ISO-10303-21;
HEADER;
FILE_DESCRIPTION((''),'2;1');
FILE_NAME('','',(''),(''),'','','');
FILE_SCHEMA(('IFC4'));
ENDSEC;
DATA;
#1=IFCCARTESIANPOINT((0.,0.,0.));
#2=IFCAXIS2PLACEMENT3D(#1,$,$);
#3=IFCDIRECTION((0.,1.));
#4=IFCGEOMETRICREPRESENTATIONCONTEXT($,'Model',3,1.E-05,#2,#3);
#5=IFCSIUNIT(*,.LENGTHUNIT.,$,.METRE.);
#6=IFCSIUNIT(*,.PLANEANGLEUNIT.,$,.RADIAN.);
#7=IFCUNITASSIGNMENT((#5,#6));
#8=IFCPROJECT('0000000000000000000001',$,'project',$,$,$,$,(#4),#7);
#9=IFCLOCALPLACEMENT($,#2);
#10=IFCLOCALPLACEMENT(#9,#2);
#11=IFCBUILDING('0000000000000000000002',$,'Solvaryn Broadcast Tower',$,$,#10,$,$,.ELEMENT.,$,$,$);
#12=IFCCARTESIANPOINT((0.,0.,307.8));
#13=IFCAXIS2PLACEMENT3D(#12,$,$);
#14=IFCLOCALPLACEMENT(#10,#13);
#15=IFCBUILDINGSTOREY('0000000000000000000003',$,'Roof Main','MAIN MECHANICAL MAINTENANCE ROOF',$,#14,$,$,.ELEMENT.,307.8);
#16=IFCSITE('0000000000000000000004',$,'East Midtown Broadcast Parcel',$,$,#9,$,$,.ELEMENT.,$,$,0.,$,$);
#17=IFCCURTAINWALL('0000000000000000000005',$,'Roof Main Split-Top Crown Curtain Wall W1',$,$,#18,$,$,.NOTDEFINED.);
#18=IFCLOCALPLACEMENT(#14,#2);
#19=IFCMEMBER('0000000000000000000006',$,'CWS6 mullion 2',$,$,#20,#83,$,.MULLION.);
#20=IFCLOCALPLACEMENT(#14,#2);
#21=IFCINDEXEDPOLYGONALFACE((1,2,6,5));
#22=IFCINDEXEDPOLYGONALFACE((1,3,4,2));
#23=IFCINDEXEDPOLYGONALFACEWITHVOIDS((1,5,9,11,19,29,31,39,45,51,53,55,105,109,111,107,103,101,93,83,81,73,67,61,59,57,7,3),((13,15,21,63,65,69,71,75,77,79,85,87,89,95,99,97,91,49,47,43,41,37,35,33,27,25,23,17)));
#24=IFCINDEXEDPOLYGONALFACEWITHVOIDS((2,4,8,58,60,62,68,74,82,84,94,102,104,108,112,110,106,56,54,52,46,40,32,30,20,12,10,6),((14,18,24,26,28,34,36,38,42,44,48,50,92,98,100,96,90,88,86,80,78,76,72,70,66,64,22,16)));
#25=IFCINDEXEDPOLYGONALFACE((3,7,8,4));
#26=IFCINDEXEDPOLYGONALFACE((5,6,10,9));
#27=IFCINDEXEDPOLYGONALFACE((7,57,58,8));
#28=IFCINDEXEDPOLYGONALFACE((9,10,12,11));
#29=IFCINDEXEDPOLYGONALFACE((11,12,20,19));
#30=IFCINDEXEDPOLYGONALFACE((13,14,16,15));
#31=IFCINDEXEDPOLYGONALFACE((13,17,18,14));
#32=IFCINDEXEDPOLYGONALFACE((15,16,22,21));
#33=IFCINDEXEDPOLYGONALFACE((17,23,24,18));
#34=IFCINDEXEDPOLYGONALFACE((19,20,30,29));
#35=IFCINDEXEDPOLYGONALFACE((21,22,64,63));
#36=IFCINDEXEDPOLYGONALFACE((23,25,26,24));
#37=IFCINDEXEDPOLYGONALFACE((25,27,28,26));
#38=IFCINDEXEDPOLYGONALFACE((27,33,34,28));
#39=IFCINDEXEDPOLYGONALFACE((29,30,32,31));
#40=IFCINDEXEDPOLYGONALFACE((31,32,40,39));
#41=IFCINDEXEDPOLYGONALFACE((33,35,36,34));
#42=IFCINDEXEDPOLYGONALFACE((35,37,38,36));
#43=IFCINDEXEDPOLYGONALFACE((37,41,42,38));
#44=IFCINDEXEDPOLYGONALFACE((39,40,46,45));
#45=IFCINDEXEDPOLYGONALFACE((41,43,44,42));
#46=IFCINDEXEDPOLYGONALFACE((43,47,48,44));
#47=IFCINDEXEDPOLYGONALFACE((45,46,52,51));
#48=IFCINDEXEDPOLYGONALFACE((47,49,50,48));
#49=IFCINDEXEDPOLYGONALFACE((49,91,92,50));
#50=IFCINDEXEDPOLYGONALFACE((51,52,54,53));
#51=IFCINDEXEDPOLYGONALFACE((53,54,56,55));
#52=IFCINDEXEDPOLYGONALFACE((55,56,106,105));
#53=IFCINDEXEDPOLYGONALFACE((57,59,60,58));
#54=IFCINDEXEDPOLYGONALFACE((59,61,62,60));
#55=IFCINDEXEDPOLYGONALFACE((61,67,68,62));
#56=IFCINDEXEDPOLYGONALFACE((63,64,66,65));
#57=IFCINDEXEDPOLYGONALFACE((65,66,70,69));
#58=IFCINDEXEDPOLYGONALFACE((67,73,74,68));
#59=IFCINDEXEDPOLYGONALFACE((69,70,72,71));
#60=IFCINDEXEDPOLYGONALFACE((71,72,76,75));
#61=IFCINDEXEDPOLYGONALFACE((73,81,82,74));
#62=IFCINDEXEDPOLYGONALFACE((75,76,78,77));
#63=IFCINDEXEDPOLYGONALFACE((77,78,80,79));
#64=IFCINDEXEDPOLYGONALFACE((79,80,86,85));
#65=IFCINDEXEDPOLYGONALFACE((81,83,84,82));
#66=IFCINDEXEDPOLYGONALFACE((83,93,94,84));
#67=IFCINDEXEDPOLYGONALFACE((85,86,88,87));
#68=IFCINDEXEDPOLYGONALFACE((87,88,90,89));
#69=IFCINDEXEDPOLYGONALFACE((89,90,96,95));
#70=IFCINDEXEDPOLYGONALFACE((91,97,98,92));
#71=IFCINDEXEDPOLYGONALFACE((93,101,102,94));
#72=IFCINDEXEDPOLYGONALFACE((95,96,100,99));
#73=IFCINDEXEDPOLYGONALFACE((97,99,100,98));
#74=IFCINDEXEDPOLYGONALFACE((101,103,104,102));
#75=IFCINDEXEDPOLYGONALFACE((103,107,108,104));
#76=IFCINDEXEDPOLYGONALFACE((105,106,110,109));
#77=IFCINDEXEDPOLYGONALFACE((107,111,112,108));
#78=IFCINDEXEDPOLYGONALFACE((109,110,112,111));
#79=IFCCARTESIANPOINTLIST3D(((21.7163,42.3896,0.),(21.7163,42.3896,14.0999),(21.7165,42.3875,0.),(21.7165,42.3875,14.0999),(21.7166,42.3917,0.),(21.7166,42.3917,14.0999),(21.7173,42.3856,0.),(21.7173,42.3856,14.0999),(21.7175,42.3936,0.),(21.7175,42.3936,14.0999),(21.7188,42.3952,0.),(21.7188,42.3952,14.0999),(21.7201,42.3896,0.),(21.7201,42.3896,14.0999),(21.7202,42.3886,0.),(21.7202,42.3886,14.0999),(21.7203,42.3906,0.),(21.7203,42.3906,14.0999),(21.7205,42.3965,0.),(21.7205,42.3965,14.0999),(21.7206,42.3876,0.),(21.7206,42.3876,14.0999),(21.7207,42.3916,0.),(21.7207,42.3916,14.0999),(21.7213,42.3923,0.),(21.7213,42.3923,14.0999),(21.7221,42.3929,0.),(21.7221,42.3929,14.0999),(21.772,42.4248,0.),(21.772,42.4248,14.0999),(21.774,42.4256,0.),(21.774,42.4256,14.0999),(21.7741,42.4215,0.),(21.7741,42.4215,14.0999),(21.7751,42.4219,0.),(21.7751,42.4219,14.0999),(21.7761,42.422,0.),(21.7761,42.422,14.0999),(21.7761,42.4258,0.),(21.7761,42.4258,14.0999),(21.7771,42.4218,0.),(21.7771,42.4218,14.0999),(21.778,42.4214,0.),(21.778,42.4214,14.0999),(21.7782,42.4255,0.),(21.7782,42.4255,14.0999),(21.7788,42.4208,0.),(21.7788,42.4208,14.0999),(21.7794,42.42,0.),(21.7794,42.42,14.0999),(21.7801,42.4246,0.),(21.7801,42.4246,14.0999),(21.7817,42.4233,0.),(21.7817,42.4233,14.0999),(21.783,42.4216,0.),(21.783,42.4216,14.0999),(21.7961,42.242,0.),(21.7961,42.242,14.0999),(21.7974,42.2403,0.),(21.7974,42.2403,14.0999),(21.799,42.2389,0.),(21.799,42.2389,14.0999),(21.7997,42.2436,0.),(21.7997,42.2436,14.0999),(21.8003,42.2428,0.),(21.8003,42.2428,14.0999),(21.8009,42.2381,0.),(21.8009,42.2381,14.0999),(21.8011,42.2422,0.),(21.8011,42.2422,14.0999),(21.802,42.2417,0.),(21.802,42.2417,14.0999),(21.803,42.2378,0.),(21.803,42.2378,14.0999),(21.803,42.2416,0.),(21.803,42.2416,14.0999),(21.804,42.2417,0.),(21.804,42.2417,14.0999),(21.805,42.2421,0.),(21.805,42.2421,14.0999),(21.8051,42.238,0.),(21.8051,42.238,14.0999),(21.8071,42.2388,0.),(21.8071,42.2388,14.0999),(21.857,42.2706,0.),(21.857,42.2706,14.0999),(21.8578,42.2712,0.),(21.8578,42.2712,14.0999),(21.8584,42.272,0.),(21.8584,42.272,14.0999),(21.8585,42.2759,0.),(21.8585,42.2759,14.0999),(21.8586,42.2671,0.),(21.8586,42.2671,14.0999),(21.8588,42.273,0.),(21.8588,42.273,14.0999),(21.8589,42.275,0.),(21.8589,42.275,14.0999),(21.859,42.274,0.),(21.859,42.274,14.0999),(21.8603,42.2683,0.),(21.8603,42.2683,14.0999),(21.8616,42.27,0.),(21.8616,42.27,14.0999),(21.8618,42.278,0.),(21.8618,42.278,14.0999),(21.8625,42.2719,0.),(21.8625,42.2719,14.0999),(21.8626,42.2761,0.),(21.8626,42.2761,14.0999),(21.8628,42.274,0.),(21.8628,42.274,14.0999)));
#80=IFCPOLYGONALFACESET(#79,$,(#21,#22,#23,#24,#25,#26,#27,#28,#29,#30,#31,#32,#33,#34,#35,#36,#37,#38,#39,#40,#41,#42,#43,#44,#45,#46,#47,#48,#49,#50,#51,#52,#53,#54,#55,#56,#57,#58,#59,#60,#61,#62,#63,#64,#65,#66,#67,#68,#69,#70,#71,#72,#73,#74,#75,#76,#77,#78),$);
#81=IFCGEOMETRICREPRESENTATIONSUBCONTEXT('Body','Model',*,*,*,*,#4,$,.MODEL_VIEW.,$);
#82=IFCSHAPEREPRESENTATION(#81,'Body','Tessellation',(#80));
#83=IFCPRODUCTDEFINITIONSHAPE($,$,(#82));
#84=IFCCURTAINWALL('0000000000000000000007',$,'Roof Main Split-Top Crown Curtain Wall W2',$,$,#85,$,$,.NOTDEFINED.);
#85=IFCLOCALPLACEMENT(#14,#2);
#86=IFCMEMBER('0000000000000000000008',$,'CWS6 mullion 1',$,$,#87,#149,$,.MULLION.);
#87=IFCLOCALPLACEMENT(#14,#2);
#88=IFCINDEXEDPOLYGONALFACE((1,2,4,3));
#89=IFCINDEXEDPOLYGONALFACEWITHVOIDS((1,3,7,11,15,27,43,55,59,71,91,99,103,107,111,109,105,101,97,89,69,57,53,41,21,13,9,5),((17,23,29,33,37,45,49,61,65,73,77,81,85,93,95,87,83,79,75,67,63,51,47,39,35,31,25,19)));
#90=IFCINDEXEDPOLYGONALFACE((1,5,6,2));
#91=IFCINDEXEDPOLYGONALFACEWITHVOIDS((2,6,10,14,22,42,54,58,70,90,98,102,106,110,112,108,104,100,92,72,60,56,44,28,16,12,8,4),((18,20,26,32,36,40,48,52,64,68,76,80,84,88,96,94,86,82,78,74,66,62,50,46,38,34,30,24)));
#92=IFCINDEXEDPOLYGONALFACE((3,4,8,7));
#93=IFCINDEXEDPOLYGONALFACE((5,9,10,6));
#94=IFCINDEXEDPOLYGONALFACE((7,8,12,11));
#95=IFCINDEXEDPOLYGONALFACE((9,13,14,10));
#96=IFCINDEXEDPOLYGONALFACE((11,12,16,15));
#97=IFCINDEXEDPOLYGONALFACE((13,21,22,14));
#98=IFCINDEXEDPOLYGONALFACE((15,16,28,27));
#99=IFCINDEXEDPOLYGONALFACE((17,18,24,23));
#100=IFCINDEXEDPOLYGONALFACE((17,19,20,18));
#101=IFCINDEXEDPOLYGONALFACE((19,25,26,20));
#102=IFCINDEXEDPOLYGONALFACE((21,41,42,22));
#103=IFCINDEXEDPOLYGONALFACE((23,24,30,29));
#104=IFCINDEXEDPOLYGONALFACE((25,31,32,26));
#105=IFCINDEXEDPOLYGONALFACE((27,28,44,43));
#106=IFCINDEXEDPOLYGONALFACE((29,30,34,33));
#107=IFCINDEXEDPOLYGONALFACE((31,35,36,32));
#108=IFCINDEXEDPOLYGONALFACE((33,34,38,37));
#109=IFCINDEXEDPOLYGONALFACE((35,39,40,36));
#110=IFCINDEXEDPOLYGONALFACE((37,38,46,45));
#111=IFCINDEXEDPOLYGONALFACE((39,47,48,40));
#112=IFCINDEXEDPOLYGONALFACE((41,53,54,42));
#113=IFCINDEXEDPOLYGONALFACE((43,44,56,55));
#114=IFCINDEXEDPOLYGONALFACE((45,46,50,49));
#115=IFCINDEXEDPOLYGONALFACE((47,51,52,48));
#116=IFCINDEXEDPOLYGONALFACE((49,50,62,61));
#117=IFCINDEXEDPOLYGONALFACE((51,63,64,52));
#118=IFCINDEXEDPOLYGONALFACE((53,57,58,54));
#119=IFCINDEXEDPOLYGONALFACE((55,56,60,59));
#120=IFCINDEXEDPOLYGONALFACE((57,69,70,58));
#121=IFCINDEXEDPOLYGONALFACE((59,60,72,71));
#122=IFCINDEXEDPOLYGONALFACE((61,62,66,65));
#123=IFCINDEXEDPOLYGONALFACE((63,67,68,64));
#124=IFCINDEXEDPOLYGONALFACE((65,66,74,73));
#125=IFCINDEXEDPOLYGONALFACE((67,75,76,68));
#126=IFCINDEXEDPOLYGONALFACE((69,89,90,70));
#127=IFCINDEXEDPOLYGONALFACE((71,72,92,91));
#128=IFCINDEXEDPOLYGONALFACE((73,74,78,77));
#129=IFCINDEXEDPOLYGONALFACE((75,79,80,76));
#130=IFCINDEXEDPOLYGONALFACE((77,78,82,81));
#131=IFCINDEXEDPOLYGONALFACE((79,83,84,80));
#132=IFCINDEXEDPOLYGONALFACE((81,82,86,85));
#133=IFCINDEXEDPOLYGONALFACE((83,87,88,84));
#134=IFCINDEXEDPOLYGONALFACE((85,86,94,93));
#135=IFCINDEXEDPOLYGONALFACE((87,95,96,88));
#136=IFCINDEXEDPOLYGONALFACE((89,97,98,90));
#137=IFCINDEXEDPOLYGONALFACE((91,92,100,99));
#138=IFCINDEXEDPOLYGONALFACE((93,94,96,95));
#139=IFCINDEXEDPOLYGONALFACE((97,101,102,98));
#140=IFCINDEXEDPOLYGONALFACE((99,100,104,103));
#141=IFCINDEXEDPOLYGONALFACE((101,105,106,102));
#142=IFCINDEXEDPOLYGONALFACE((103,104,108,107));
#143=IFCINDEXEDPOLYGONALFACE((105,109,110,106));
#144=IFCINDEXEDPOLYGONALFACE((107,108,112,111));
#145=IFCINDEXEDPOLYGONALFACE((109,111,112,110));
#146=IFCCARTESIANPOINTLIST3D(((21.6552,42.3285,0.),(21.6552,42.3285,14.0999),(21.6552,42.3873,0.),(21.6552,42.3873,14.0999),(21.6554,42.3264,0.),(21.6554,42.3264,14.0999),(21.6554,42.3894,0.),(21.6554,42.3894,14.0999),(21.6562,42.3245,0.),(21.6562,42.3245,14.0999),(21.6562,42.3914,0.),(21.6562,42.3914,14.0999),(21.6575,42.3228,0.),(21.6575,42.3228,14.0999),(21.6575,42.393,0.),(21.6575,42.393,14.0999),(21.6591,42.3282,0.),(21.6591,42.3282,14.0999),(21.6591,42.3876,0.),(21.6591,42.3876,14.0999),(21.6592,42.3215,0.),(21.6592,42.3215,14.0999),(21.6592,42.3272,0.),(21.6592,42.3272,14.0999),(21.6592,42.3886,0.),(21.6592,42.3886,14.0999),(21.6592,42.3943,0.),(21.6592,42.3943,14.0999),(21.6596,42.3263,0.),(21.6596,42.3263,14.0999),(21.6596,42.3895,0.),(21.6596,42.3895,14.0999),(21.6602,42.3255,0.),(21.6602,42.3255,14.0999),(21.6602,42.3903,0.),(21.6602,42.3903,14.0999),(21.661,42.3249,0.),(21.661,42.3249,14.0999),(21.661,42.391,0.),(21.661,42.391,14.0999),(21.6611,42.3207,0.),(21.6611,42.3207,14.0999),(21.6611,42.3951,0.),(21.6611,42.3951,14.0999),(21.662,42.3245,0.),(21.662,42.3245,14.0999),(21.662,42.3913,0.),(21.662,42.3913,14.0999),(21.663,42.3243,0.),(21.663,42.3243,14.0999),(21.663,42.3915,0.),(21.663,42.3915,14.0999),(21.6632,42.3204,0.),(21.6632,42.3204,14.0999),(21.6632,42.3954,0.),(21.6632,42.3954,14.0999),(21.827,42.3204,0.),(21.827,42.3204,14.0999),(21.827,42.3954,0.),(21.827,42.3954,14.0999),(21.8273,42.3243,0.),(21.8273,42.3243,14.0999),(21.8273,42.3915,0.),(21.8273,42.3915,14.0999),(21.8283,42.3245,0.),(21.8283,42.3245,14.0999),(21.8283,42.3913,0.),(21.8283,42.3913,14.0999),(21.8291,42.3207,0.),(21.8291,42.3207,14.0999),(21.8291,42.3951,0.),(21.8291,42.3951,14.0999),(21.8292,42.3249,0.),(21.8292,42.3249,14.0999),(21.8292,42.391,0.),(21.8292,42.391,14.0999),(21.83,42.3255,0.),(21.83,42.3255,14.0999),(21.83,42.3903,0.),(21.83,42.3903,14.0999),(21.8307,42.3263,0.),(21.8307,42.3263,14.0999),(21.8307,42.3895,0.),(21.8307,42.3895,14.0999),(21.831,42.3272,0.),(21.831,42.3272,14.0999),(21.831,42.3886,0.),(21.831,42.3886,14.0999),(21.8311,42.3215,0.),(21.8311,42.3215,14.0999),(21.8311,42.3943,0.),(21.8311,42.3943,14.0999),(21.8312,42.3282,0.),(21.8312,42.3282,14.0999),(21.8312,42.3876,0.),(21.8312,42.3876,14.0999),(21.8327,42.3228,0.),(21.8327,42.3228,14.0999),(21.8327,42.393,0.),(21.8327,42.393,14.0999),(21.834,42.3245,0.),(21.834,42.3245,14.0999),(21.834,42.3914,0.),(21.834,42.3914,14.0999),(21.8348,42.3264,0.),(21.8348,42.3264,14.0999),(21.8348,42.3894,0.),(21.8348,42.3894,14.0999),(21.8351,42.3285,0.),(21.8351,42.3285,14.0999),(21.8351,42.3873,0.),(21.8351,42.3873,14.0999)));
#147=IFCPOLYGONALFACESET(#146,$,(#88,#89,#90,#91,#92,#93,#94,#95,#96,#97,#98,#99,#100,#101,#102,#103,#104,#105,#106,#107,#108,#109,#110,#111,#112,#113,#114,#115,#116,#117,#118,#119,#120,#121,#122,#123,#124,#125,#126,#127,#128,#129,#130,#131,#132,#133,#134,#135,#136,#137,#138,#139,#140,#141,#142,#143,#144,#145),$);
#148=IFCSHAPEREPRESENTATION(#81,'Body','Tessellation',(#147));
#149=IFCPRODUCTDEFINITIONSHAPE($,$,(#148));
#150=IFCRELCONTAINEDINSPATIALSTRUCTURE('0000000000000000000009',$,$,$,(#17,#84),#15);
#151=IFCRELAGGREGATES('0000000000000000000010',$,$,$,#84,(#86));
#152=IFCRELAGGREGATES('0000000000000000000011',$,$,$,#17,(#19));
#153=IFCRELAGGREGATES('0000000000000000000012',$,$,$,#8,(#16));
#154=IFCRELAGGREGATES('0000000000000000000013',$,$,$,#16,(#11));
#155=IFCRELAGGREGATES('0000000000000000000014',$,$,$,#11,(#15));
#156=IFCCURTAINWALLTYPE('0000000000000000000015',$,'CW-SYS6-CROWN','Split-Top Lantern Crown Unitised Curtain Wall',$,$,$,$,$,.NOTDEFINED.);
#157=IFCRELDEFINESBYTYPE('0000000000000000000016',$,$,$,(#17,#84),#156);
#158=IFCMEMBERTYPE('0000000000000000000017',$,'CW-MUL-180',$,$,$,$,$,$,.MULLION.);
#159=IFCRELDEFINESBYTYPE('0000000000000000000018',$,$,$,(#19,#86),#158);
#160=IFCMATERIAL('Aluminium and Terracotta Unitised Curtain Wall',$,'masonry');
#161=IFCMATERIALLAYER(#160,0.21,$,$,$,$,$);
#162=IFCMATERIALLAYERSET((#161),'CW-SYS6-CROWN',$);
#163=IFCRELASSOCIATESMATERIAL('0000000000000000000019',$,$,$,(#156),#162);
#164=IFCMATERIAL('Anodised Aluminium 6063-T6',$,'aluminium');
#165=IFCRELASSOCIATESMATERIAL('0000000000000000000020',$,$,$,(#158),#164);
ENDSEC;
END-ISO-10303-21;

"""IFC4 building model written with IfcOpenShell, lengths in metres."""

from ifc_helpers import new_model, si_unit, direction, frame, origin, origin_2d, place, context, subcontext, project, spatial, hollow_rectangle, extrude, material, layer, layer_set, material_profile, profile_set, type_object, element, aggregate, save


model = new_model("IFC4")

# Units and contexts
model_context = context("Model", 3, precision=1e-05, world=origin(), true_north=direction((0.0, 1.0)))
body_context = subcontext(model_context, "Body", "Model", "MODEL_VIEW")
ifc_project = project(units=[si_unit("LENGTHUNIT", "METRE"), si_unit("PLANEANGLEUNIT", "RADIAN")], contexts=[model_context])

# Site, building, storey
site_placement = place(None, origin())
site = spatial("IfcSite", under=ifc_project, at=site_placement, Name="East Midtown Broadcast Parcel", CompositionType="ELEMENT", RefElevation=0.0)
building_placement = place(site_placement, origin())
building = spatial("IfcBuilding", under=site, at=building_placement, Name="Solvaryn Broadcast Tower", CompositionType="ELEMENT")
storey_placement = place(building_placement, frame((0.0, 0.0, 307.8)))
storey = spatial("IfcBuildingStorey", under=building, at=storey_placement, Name="Roof Main", Description="MAIN MECHANICAL MAINTENANCE ROOF", CompositionType="ELEMENT", Elevation=307.8)

# Curtain walls, members
ifc_material_1 = material(Name="Aluminium and Terracotta Unitised Curtain Wall", Category="masonry")
ifc_layer_1 = layer(ifc_material_1, 0.21)
ifc_layer_set_1 = layer_set([ifc_layer_1], Name="CW-SYS6-CROWN")
curtain_wall_type = type_object("IfcCurtainWallType", Name="CW-SYS6-CROWN", Description="Split-Top Lantern Crown Unitised Curtain Wall", PredefinedType="NOTDEFINED", material=ifc_layer_set_1)
curtain_wall_1_placement = place(storey_placement, origin())
curtain_wall_1 = element("IfcCurtainWall", 1, at=curtain_wall_1_placement, inside=storey, type_object=curtain_wall_type, Name="Roof Main Split-Top Crown Curtain Wall W1", PredefinedType="NOTDEFINED")
ifc_material_2 = material(Name="Anodised Aluminium 6063-T6", Category="aluminium")
ifc_material_profile_1 = material_profile(ifc_material_2, hollow_rectangle(XDim=0.075, YDim=0.1799, WallThickness=0.0039, InnerFilletRadius=0.0039, OuterFilletRadius=0.0081, at=origin_2d()))
ifc_profile_set_1 = profile_set([ifc_material_profile_1], Name="Anodised Aluminium 6063-T6")
member_type_1 = type_object("IfcMemberType", Name="CW-MUL-180", PredefinedType="MULLION", material=ifc_profile_set_1)
member_1_placement = place(storey_placement, frame((21.7896, 42.3318, 0.0), z_axis=(0.0, 0.0, 1.0), x_axis=(-0.876578, -0.481261, 0.0)))
member_1 = element("IfcMember", 2, at=member_1_placement, type_object=member_type_1, Name="CWS6 mullion 2", PredefinedType="MULLION", context=body_context, shape_type="SweptSolid", body=[
    extrude(hollow_rectangle(XDim=0.075, YDim=0.1799, WallThickness=0.0039, InnerFilletRadius=0.0039, OuterFilletRadius=0.0081, at=origin_2d()), origin(), (0.0, 0.0, 1.0), 14.0999),
])
curtain_wall_2_placement = place(storey_placement, origin())
curtain_wall_2 = element("IfcCurtainWall", 3, at=curtain_wall_2_placement, inside=storey, type_object=curtain_wall_type, Name="Roof Main Split-Top Crown Curtain Wall W2", PredefinedType="NOTDEFINED")
member_2_placement = place(storey_placement, frame((21.7451, 42.3579, 0.0), z_axis=(0.0, 0.0, 1.0), x_axis=(0.0, -1.0, 0.0)))
member_2 = element("IfcMember", 4, at=member_2_placement, type_object=member_type_1, Name="CWS6 mullion 1", PredefinedType="MULLION", context=body_context, shape_type="SweptSolid", body=[
    extrude(hollow_rectangle(XDim=0.075, YDim=0.1799, WallThickness=0.0039, InnerFilletRadius=0.0039, OuterFilletRadius=0.0081, at=origin_2d()), origin(), (0.0, 0.0, 1.0), 14.0999),
])

aggregate(curtain_wall_2, [member_2])

aggregate(curtain_wall_1, [member_1])

save(model, "model.ifc")
